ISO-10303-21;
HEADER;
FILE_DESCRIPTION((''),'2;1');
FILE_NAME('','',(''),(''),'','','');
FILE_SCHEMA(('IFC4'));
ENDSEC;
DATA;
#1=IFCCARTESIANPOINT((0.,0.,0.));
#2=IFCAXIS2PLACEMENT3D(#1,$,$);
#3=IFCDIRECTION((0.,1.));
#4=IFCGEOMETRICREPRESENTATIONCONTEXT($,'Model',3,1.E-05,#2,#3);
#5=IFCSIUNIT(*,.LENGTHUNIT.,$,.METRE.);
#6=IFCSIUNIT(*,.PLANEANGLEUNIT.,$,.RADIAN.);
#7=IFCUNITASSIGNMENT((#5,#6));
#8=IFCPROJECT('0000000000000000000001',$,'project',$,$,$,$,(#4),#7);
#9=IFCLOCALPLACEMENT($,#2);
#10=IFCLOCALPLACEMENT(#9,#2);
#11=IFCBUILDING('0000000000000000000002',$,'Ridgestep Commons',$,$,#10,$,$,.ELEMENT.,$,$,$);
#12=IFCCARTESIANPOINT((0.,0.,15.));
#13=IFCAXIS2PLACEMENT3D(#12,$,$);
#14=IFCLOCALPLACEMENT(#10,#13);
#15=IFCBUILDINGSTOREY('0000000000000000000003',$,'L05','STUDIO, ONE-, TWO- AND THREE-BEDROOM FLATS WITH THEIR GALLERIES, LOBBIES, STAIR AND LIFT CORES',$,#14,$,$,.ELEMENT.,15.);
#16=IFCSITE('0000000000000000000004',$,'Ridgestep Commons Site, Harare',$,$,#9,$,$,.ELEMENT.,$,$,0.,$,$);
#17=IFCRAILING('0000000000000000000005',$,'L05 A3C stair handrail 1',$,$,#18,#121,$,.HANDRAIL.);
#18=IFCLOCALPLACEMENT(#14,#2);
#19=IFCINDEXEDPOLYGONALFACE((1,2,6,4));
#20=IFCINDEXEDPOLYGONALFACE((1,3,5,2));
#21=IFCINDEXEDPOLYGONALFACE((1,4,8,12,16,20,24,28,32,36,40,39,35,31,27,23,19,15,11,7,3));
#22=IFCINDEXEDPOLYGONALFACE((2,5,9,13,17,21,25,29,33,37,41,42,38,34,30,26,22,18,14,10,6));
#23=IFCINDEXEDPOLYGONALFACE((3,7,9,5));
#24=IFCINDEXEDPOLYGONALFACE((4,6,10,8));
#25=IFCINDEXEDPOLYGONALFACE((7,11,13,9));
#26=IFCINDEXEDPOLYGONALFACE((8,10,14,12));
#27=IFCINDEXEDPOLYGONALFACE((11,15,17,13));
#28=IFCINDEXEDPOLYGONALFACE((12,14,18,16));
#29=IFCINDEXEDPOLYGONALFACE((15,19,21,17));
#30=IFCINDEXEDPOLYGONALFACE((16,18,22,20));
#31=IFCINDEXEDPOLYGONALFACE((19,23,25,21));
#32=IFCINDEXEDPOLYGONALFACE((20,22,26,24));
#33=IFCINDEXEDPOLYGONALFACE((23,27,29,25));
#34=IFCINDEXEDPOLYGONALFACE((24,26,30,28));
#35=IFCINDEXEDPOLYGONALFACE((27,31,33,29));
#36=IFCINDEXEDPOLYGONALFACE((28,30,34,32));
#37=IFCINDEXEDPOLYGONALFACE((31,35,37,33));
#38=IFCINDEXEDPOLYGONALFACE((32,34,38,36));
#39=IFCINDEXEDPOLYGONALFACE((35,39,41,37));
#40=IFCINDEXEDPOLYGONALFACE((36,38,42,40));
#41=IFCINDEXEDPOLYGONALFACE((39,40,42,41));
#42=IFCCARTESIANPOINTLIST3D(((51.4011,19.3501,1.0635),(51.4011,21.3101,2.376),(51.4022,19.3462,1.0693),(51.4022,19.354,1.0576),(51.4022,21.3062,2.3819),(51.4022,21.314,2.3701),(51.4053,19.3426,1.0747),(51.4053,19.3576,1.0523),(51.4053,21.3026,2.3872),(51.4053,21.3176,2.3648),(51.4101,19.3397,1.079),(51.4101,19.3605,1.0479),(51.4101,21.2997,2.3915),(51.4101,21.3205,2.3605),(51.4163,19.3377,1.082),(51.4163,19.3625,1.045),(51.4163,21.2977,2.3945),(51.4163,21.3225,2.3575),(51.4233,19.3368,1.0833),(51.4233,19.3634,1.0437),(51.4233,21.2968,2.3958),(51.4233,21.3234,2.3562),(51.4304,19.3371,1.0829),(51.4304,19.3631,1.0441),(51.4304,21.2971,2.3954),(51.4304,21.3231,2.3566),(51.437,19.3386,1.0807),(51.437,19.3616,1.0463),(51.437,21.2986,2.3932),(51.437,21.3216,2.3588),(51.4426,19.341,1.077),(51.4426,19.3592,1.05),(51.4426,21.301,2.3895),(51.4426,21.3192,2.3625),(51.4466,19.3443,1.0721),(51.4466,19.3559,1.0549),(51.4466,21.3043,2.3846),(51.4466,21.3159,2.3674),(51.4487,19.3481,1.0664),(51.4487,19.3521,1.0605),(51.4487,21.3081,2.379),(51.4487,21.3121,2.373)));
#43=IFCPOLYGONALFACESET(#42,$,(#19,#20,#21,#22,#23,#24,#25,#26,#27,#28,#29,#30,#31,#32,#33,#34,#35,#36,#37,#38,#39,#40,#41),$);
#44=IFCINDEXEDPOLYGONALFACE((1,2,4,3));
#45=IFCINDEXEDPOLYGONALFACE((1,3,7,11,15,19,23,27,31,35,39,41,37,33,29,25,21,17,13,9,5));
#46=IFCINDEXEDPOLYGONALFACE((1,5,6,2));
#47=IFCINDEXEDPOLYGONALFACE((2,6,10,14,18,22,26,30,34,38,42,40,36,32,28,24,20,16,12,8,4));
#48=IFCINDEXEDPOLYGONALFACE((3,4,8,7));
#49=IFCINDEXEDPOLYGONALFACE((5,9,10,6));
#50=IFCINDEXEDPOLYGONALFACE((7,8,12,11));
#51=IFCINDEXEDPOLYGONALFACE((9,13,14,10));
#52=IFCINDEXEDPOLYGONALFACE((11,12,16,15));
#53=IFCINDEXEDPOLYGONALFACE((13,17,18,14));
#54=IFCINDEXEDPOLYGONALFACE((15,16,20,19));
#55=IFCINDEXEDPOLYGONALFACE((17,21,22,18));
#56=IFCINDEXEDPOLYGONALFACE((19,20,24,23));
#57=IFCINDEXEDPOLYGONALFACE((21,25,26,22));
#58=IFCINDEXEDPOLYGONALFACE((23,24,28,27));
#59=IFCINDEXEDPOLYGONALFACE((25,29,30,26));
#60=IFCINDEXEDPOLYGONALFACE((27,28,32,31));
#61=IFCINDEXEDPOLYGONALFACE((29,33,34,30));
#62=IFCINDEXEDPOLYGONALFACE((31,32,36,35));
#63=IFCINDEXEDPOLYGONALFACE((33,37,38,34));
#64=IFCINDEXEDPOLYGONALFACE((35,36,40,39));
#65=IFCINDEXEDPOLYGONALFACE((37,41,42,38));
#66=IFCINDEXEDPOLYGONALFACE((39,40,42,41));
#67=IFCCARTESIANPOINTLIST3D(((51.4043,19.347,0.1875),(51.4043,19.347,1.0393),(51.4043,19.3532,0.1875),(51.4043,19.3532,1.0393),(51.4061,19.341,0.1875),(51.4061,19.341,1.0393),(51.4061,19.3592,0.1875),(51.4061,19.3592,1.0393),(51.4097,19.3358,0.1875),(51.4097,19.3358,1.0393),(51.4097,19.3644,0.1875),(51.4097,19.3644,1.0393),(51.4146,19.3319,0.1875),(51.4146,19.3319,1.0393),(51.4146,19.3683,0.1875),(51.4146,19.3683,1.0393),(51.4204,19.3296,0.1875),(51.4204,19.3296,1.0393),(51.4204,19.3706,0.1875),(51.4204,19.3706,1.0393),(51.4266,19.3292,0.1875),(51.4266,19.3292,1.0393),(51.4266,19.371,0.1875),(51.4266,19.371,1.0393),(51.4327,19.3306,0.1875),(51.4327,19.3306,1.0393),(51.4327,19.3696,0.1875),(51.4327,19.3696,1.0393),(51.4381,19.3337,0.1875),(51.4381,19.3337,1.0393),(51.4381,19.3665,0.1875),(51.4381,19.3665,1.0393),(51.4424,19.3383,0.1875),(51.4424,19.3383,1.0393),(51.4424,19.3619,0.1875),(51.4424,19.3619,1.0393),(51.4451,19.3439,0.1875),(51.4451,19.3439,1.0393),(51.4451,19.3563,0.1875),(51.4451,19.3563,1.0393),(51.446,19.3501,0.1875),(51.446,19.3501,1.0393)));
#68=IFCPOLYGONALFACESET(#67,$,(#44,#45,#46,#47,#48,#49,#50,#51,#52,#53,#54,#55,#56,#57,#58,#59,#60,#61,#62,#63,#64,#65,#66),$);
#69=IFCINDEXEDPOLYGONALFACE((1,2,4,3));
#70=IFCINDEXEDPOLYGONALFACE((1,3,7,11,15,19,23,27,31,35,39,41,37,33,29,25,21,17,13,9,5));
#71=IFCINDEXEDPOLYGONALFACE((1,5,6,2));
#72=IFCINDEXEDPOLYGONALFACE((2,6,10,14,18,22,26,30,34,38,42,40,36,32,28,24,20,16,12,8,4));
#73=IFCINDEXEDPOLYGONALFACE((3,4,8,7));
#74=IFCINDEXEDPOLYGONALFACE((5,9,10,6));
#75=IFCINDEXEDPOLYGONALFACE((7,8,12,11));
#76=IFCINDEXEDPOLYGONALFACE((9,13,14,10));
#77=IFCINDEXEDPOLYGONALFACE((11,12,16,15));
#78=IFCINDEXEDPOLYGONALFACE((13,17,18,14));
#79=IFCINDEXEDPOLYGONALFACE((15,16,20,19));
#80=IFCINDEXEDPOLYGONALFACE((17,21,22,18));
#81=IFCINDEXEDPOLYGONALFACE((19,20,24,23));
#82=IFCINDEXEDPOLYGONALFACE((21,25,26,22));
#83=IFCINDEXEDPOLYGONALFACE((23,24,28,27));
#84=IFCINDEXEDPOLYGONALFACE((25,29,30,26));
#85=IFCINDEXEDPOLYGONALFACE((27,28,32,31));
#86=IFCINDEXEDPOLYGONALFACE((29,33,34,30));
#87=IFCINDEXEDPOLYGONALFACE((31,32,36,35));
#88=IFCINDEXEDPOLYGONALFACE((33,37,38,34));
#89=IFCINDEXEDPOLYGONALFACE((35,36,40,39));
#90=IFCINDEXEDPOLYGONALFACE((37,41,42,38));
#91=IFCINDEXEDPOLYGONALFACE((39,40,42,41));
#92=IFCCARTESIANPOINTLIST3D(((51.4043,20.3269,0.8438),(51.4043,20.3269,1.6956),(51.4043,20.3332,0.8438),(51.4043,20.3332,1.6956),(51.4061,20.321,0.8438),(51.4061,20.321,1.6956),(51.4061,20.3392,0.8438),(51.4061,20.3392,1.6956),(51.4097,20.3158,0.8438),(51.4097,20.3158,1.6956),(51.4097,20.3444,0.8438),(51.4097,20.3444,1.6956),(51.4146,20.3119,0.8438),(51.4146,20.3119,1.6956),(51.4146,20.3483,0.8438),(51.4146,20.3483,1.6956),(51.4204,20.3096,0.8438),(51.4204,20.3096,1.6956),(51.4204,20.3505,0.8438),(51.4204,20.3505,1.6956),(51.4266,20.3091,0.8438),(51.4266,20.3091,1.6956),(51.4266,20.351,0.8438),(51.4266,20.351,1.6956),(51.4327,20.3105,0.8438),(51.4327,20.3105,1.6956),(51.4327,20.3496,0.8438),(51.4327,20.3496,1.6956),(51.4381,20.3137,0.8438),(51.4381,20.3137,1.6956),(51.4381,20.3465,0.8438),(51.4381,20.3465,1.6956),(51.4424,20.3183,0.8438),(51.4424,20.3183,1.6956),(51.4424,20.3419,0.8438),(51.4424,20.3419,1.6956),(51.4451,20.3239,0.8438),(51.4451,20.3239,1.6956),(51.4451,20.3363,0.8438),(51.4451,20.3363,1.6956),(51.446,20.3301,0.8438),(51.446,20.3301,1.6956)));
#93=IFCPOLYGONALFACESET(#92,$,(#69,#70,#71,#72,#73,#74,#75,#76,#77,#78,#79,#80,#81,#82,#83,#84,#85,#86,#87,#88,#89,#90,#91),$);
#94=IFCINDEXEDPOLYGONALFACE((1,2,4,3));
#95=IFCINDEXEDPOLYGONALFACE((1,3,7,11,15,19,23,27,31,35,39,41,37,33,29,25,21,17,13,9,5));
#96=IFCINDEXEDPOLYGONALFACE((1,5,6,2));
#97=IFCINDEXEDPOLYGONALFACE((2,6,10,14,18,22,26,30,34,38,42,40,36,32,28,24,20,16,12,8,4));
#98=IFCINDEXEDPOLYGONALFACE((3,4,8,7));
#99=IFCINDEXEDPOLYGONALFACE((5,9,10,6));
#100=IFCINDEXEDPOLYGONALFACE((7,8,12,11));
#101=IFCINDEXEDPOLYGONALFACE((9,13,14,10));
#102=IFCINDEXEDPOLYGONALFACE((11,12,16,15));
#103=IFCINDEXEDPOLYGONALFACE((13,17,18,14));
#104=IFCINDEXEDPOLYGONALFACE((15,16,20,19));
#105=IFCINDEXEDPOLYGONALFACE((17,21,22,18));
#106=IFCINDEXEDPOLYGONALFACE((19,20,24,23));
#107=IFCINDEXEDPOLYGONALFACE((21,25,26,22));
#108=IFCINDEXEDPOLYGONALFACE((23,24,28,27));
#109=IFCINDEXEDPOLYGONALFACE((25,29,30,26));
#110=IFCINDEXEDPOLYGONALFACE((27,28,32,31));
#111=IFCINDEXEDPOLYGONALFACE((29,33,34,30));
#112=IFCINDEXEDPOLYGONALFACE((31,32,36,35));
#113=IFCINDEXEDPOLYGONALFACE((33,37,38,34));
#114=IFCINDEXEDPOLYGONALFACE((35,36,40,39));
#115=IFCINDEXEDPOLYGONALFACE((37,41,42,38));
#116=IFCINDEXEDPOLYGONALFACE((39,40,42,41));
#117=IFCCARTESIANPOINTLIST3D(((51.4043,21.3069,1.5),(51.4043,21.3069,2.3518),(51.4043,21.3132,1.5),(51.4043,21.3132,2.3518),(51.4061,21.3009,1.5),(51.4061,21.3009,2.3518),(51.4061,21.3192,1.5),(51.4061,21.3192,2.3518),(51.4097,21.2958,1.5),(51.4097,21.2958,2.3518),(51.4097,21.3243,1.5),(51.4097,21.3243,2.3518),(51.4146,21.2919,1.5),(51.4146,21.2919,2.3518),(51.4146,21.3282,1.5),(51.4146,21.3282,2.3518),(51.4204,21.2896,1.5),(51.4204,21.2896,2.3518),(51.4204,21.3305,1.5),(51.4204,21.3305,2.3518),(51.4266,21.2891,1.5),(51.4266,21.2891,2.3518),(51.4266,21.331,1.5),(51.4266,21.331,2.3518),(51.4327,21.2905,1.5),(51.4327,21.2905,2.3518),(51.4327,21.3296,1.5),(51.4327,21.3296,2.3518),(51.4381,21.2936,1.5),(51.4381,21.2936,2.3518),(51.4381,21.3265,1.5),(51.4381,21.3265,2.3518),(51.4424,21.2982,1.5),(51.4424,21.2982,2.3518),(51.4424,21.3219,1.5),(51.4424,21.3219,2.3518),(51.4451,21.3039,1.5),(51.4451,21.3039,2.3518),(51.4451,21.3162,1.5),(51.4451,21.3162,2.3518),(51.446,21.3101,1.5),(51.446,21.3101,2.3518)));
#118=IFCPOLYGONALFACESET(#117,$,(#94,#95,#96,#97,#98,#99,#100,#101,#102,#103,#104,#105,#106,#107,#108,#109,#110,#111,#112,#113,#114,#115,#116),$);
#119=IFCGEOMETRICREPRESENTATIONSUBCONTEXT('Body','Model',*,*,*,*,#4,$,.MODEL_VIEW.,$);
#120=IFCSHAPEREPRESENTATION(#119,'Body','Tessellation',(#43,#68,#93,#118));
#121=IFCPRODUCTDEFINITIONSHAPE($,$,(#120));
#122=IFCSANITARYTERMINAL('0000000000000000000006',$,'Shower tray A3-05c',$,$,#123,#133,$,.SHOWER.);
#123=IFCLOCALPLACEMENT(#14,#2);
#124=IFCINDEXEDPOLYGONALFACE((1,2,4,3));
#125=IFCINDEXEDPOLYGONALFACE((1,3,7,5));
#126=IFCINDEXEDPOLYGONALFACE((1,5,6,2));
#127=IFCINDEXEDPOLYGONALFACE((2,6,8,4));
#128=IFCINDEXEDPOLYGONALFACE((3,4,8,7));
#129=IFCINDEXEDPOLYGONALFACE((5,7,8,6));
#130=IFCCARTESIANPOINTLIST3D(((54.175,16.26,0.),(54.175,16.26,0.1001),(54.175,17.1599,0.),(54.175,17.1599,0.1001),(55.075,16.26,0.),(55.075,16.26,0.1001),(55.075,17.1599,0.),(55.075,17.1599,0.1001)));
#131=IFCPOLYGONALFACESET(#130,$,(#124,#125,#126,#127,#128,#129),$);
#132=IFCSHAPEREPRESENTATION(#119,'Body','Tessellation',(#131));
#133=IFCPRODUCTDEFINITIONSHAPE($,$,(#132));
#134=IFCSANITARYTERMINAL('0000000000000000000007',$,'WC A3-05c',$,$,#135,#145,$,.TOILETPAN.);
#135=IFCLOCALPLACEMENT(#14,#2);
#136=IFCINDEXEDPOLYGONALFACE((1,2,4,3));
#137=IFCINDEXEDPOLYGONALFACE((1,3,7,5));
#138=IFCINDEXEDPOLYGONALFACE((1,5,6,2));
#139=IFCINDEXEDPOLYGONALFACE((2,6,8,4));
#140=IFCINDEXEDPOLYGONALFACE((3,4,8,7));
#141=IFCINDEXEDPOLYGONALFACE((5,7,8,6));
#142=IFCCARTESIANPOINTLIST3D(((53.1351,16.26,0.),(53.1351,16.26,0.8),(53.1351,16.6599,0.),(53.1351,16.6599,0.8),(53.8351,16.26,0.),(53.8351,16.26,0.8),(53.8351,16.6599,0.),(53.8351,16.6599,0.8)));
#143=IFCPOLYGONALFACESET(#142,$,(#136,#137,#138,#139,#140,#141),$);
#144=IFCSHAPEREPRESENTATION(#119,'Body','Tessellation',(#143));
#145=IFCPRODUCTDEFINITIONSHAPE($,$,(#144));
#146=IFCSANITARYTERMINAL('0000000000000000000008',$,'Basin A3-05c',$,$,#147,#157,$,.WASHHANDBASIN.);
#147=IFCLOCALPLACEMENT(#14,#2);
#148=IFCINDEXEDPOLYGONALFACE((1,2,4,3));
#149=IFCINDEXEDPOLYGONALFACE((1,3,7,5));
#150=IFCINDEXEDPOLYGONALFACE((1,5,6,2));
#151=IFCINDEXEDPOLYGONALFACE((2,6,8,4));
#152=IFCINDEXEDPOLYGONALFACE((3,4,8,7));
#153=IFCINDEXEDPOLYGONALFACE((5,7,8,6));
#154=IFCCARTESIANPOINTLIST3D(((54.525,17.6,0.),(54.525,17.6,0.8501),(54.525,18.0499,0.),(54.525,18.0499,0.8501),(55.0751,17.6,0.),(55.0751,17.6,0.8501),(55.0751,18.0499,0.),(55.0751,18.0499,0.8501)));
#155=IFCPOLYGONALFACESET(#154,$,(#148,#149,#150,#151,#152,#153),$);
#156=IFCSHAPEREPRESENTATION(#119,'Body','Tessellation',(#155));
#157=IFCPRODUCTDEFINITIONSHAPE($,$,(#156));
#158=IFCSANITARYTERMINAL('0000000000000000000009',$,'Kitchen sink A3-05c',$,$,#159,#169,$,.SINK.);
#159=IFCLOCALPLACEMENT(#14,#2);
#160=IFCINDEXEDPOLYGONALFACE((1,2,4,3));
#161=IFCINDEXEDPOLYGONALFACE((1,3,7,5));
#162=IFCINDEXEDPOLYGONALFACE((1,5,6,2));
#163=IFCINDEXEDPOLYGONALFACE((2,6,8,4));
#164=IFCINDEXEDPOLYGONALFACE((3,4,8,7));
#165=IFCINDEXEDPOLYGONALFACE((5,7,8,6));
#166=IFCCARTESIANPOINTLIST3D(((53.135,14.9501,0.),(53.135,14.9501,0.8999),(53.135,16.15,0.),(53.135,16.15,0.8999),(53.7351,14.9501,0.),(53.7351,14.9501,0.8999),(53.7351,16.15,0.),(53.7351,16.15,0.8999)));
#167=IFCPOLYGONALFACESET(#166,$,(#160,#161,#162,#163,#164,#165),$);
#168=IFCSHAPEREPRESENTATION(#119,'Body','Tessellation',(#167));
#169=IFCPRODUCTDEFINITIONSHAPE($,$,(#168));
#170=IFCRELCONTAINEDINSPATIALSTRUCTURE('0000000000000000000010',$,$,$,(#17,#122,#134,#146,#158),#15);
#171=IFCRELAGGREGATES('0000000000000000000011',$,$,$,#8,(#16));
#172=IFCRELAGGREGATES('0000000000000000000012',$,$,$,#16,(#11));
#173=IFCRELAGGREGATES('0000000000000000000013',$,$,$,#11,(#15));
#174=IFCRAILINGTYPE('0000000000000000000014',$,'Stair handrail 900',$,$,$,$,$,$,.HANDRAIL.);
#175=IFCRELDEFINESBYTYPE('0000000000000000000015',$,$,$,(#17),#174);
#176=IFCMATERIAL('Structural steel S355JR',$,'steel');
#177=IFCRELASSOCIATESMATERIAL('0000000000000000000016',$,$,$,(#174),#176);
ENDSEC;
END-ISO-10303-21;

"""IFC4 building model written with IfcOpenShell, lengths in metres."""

from ifc_helpers import new_model, si_unit, direction, frame, origin, origin_2d, place, context, subcontext, project, spatial, rectangle, circle, extrude, material, type_object, element, save


model = new_model("IFC4")

# Units and contexts
model_context = context("Model", 3, precision=1e-05, world=origin(), true_north=direction((0.0, 1.0)))
body_context = subcontext(model_context, "Body", "Model", "MODEL_VIEW")
ifc_project = project(units=[si_unit("LENGTHUNIT", "METRE"), si_unit("PLANEANGLEUNIT", "RADIAN")], contexts=[model_context])

# Site, building, storey
site_placement = place(None, origin())
site = spatial("IfcSite", under=ifc_project, at=site_placement, Name="Ridgestep Commons Site, Harare", CompositionType="ELEMENT", RefElevation=0.0)
building_placement = place(site_placement, origin())
building = spatial("IfcBuilding", under=site, at=building_placement, Name="Ridgestep Commons", CompositionType="ELEMENT")
storey_placement = place(building_placement, frame((0.0, 0.0, 15.0)))
storey = spatial("IfcBuildingStorey", under=building, at=storey_placement, Name="L05", Description="STUDIO, ONE-, TWO- AND THREE-BEDROOM FLATS WITH THEIR GALLERIES, LOBBIES, STAIR AND LIFT CORES", CompositionType="ELEMENT", Elevation=15.0)

# Railing
ifc_material_1 = material(Name="Structural steel S355JR", Category="steel")
railing_type_1 = type_object("IfcRailingType", Name="Stair handrail 900", PredefinedType="HANDRAIL", material=ifc_material_1)
railing_1_placement = place(storey_placement, frame((51.425, 19.3501, 0.1875)))
element("IfcRailing", 1, at=railing_1_placement, inside=storey, type_object=railing_type_1, Name="L05 A3C stair handrail 1", PredefinedType="HANDRAIL", context=body_context, shape_type="SweptSolid", body=[
    extrude(circle(Radius=0.0239, at=origin_2d()), frame((0.0, 0.0, 0.876), z_axis=(0.0, 0.830902, 0.556419), x_axis=(-1.0, 0.0, 0.0)), (0.0, 0.0, 1.0), 2.3589),
    extrude(circle(Radius=0.021, at=origin_2d()), origin(), (0.0, 0.0, 1.0), 0.8518),
    extrude(circle(Radius=0.021, at=origin_2d()), frame((0.0, 0.98, 0.6562)), (0.0, 0.0, 1.0), 0.8518),
    extrude(circle(Radius=0.021, at=origin_2d()), frame((0.0, 1.96, 1.3125)), (0.0, 0.0, 1.0), 0.8518),
])

# Sanitary terminals
sanitary_terminal_1_placement = place(storey_placement, frame((54.625, 16.71, 0.0), z_axis=(0.0, 0.0, 1.0), x_axis=(1.0, 0.0, 0.0)))
element("IfcSanitaryTerminal", 2, at=sanitary_terminal_1_placement, inside=storey, Name="Shower tray A3-05c", PredefinedType="SHOWER", context=body_context, shape_type="SweptSolid", body=[
    extrude(rectangle(XDim=0.8999, YDim=0.8999, at=origin_2d()), origin(), (0.0, 0.0, 1.0), 0.1001),
])
sanitary_terminal_2_placement = place(storey_placement, frame((53.4851, 16.46, 0.0), z_axis=(0.0, 0.0, 1.0), x_axis=(1.0, 0.0, 0.0)))
element("IfcSanitaryTerminal", 3, at=sanitary_terminal_2_placement, inside=storey, Name="WC A3-05c", PredefinedType="TOILETPAN", context=body_context, shape_type="SweptSolid", body=[
    extrude(rectangle(XDim=0.7, YDim=0.3999, at=origin_2d()), origin(), (0.0, 0.0, 1.0), 0.8),
])
sanitary_terminal_3_placement = place(storey_placement, frame((54.8, 17.825, 0.0), z_axis=(0.0, 0.0, 1.0), x_axis=(1.0, 0.0, 0.0)))
element("IfcSanitaryTerminal", 4, at=sanitary_terminal_3_placement, inside=storey, Name="Basin A3-05c", PredefinedType="WASHHANDBASIN", context=body_context, shape_type="SweptSolid", body=[
    extrude(rectangle(XDim=0.55, YDim=0.45, at=origin_2d()), origin(), (0.0, 0.0, 1.0), 0.8501),
])
sanitary_terminal_4_placement = place(storey_placement, frame((53.4351, 15.55, 0.0), z_axis=(0.0, 0.0, 1.0), x_axis=(1.0, 0.0, 0.0)))
element("IfcSanitaryTerminal", 5, at=sanitary_terminal_4_placement, inside=storey, Name="Kitchen sink A3-05c", PredefinedType="SINK", context=body_context, shape_type="SweptSolid", body=[
    extrude(rectangle(XDim=0.6001, YDim=1.2, at=origin_2d()), origin(), (0.0, 0.0, 1.0), 0.8999),
])

save(model, "model.ifc")
